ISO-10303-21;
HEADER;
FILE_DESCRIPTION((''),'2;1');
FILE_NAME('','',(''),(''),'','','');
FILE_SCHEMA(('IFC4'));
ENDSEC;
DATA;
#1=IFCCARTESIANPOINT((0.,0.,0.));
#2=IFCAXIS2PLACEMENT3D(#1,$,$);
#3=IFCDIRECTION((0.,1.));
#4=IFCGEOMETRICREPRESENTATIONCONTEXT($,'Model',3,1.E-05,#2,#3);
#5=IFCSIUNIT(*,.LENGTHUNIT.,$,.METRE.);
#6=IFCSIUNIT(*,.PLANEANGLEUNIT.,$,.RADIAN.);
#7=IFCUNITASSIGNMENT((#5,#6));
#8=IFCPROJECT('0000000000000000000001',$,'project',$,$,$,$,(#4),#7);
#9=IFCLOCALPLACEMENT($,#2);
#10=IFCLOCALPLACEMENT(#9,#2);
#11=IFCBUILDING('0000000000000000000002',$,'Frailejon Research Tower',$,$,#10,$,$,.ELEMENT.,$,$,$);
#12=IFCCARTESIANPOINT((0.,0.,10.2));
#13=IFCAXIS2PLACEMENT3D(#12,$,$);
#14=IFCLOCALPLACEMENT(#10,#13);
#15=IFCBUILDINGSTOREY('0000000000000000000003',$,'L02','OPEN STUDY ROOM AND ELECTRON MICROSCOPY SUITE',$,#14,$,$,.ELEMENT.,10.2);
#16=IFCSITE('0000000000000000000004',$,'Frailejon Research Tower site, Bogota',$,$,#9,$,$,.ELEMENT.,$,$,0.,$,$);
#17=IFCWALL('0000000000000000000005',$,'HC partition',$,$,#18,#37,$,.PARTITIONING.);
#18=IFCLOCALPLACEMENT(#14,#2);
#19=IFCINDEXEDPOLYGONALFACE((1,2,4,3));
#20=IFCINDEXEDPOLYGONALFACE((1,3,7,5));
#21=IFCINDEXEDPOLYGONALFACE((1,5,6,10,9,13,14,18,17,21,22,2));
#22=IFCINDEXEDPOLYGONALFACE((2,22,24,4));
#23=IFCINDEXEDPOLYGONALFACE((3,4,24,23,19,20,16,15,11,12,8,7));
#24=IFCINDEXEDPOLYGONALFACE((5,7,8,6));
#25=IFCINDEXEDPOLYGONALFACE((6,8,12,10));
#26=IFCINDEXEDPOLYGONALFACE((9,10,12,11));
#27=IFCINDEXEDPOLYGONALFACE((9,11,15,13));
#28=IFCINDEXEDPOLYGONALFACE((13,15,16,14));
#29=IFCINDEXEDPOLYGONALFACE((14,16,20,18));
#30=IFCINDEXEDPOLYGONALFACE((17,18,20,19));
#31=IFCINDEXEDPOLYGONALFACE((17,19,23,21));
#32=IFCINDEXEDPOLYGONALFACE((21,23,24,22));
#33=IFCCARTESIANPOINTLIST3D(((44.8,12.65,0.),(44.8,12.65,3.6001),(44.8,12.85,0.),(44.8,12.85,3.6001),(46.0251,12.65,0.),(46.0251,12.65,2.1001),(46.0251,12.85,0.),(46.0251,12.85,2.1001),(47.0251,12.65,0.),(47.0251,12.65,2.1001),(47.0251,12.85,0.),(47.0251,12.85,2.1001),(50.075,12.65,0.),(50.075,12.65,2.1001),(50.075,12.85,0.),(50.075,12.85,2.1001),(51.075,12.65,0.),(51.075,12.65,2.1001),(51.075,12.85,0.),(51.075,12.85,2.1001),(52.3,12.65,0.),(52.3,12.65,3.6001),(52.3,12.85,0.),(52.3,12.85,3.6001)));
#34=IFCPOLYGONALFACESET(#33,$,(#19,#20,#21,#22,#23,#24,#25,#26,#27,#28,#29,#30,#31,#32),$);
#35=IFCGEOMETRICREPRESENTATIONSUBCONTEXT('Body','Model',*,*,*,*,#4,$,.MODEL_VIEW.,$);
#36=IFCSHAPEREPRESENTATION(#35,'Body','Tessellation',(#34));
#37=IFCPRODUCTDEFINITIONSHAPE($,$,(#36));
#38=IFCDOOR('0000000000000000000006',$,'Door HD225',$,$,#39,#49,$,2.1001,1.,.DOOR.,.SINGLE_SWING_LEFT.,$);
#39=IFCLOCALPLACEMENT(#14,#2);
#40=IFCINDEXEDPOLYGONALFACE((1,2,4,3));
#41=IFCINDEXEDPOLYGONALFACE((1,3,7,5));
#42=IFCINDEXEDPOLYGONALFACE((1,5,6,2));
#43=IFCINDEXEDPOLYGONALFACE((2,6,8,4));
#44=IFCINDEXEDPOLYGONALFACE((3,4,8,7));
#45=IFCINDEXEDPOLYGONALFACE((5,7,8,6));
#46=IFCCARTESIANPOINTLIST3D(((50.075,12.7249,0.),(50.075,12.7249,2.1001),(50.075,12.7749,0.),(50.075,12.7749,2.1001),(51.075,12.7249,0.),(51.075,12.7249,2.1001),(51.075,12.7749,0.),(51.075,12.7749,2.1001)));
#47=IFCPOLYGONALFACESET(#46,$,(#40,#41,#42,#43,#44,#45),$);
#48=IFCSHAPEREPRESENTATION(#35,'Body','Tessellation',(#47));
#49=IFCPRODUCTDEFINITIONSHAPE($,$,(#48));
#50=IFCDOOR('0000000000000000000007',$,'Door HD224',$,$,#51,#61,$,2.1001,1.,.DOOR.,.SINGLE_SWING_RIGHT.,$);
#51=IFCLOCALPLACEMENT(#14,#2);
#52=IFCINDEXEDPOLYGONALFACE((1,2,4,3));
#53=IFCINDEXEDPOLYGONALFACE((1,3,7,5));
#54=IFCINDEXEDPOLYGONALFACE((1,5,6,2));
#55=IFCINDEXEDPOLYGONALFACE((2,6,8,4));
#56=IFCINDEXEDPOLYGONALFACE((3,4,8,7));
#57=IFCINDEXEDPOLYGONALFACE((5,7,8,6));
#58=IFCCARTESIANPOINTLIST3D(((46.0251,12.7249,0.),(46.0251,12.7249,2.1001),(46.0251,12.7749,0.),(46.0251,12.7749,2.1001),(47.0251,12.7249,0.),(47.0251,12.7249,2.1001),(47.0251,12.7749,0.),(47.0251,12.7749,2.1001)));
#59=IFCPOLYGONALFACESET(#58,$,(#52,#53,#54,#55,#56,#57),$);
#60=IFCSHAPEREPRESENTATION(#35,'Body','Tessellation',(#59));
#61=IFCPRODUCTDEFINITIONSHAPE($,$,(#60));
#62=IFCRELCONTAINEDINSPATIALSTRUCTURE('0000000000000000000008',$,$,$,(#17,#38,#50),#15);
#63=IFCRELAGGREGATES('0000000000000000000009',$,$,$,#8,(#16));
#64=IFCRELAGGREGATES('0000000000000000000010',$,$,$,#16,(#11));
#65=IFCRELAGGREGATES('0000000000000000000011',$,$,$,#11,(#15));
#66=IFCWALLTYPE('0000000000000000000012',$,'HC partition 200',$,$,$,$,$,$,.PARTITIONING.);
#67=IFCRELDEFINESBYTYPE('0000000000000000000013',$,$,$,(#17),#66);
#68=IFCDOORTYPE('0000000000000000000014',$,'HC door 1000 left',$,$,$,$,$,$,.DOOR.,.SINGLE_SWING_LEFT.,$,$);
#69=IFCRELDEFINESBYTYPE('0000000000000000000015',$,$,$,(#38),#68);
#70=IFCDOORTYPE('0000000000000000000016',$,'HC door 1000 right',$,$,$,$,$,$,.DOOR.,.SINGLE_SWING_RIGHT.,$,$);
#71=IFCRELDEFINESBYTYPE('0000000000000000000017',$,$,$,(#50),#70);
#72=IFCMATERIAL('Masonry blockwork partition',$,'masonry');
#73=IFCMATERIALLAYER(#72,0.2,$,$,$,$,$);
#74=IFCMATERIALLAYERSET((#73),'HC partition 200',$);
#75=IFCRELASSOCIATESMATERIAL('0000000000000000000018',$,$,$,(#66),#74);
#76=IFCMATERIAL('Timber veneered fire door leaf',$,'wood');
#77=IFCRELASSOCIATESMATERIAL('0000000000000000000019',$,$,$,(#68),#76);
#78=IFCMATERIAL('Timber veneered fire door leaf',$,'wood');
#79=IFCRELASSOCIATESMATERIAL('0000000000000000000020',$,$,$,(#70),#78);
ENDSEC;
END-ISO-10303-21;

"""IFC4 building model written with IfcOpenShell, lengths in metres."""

from ifc_helpers import new_model, si_unit, direction, frame, frame_2d, origin, place, context, subcontext, project, spatial, rectangle, extrude, material, layer, layer_set, type_object, element, fill, save


model = new_model("IFC4")

# Units and contexts
model_context = context("Model", 3, precision=1e-05, world=origin(), true_north=direction((0.0, 1.0)))
body_context = subcontext(model_context, "Body", "Model", "MODEL_VIEW")
ifc_project = project(units=[si_unit("LENGTHUNIT", "METRE"), si_unit("PLANEANGLEUNIT", "RADIAN")], contexts=[model_context])

# Site, building, storey
site_placement = place(None, origin())
site = spatial("IfcSite", under=ifc_project, at=site_placement, Name="Frailejon Research Tower site, Bogota", CompositionType="ELEMENT", RefElevation=0.0)
building_placement = place(site_placement, origin())
building = spatial("IfcBuilding", under=site, at=building_placement, Name="Frailejon Research Tower", CompositionType="ELEMENT")
storey_placement = place(building_placement, frame((0.0, 0.0, 10.2)))
storey = spatial("IfcBuildingStorey", under=building, at=storey_placement, Name="L02", Description="OPEN STUDY ROOM AND ELECTRON MICROSCOPY SUITE", CompositionType="ELEMENT", Elevation=10.2)

# Shared definitions
ifc_material_1 = material(Name="Masonry blockwork partition", Category="masonry")
ifc_layer_1 = layer(ifc_material_1, 0.2)
ifc_layer_set_1 = layer_set([ifc_layer_1], Name="HC partition 200")
wall_type_1 = type_object("IfcWallType", Name="HC partition 200", PredefinedType="PARTITIONING", material=ifc_layer_set_1)

# Wall, openings, doors
ifc_material_2 = material(Name="Timber veneered fire door leaf", Category="wood")
door_type_1 = type_object("IfcDoorType", Name="HC door 1000 left", OperationType="SINGLE_SWING_LEFT", PredefinedType="DOOR", material=ifc_material_2)
ifc_material_3 = material(Name="Timber veneered fire door leaf", Category="wood")
door_type_2 = type_object("IfcDoorType", Name="HC door 1000 right", OperationType="SINGLE_SWING_RIGHT", PredefinedType="DOOR", material=ifc_material_3)
wall_1_placement = place(storey_placement, frame((44.8, 12.75, 0.0), z_axis=(0.0, 0.0, 1.0), x_axis=(1.0, 0.0, 0.0)))
wall_1 = element("IfcWall", 1, at=wall_1_placement, inside=storey, type_object=wall_type_1, Name="HC partition", PredefinedType="PARTITIONING", context=body_context, shape_type="SweptSolid", body=[
    extrude(rectangle(XDim=7.5, YDim=0.2, at=frame_2d((3.75, 0.0))), origin(), (0.0, 0.0, 1.0), 3.6001),
])
opening_1_placement = place(wall_1_placement, frame((1.2251, 0.0, 0.0)))
opening_1 = element("IfcOpeningElement", 2, at=opening_1_placement, cuts=wall_1, PredefinedType="OPENING", context=body_context, shape_type="SweptSolid", body=[
    extrude(rectangle(XDim=1.0, YDim=2.1001, at=frame_2d((0.5, 1.05))), frame((0.0, 0.1099, 0.0), z_axis=(0.0, -1.0, 0.0), x_axis=(1.0, 0.0, 0.0)), (0.0, 0.0, 1.0), 0.22),
])
opening_2_placement = place(wall_1_placement, frame((5.2749, 0.0, 0.0)))
opening_2 = element("IfcOpeningElement", 3, at=opening_2_placement, cuts=wall_1, PredefinedType="OPENING", context=body_context, shape_type="SweptSolid", body=[
    extrude(rectangle(XDim=1.0, YDim=2.1001, at=frame_2d((0.5, 1.05))), frame((0.0, 0.1099, 0.0), z_axis=(0.0, -1.0, 0.0), x_axis=(1.0, 0.0, 0.0)), (0.0, 0.0, 1.0), 0.22),
])
door_1_placement = place(opening_2_placement, origin())
door_1 = element("IfcDoor", 4, at=door_1_placement, inside=storey, type_object=door_type_1, Name="Door HD225", OperationType="SINGLE_SWING_LEFT", OverallHeight=2.1001, OverallWidth=1.0, PredefinedType="DOOR", context=body_context, shape_type="SweptSolid", body=[
    extrude(rectangle(XDim=1.0, YDim=2.1001, at=frame_2d((0.5, 1.05))), frame((0.0, 0.0249, 0.0), z_axis=(0.0, -1.0, 0.0), x_axis=(1.0, 0.0, 0.0)), (0.0, 0.0, 1.0), 0.05),
])
fill(opening_2, door_1)
door_2_placement = place(opening_1_placement, origin())
door_2 = element("IfcDoor", 5, at=door_2_placement, inside=storey, type_object=door_type_2, Name="Door HD224", OperationType="SINGLE_SWING_RIGHT", OverallHeight=2.1001, OverallWidth=1.0, PredefinedType="DOOR", context=body_context, shape_type="SweptSolid", body=[
    extrude(rectangle(XDim=1.0, YDim=2.1001, at=frame_2d((0.5, 1.05))), frame((0.0, 0.0249, 0.0), z_axis=(0.0, -1.0, 0.0), x_axis=(1.0, 0.0, 0.0)), (0.0, 0.0, 1.0), 0.05),
])
fill(opening_1, door_2)

save(model, "model.ifc")
